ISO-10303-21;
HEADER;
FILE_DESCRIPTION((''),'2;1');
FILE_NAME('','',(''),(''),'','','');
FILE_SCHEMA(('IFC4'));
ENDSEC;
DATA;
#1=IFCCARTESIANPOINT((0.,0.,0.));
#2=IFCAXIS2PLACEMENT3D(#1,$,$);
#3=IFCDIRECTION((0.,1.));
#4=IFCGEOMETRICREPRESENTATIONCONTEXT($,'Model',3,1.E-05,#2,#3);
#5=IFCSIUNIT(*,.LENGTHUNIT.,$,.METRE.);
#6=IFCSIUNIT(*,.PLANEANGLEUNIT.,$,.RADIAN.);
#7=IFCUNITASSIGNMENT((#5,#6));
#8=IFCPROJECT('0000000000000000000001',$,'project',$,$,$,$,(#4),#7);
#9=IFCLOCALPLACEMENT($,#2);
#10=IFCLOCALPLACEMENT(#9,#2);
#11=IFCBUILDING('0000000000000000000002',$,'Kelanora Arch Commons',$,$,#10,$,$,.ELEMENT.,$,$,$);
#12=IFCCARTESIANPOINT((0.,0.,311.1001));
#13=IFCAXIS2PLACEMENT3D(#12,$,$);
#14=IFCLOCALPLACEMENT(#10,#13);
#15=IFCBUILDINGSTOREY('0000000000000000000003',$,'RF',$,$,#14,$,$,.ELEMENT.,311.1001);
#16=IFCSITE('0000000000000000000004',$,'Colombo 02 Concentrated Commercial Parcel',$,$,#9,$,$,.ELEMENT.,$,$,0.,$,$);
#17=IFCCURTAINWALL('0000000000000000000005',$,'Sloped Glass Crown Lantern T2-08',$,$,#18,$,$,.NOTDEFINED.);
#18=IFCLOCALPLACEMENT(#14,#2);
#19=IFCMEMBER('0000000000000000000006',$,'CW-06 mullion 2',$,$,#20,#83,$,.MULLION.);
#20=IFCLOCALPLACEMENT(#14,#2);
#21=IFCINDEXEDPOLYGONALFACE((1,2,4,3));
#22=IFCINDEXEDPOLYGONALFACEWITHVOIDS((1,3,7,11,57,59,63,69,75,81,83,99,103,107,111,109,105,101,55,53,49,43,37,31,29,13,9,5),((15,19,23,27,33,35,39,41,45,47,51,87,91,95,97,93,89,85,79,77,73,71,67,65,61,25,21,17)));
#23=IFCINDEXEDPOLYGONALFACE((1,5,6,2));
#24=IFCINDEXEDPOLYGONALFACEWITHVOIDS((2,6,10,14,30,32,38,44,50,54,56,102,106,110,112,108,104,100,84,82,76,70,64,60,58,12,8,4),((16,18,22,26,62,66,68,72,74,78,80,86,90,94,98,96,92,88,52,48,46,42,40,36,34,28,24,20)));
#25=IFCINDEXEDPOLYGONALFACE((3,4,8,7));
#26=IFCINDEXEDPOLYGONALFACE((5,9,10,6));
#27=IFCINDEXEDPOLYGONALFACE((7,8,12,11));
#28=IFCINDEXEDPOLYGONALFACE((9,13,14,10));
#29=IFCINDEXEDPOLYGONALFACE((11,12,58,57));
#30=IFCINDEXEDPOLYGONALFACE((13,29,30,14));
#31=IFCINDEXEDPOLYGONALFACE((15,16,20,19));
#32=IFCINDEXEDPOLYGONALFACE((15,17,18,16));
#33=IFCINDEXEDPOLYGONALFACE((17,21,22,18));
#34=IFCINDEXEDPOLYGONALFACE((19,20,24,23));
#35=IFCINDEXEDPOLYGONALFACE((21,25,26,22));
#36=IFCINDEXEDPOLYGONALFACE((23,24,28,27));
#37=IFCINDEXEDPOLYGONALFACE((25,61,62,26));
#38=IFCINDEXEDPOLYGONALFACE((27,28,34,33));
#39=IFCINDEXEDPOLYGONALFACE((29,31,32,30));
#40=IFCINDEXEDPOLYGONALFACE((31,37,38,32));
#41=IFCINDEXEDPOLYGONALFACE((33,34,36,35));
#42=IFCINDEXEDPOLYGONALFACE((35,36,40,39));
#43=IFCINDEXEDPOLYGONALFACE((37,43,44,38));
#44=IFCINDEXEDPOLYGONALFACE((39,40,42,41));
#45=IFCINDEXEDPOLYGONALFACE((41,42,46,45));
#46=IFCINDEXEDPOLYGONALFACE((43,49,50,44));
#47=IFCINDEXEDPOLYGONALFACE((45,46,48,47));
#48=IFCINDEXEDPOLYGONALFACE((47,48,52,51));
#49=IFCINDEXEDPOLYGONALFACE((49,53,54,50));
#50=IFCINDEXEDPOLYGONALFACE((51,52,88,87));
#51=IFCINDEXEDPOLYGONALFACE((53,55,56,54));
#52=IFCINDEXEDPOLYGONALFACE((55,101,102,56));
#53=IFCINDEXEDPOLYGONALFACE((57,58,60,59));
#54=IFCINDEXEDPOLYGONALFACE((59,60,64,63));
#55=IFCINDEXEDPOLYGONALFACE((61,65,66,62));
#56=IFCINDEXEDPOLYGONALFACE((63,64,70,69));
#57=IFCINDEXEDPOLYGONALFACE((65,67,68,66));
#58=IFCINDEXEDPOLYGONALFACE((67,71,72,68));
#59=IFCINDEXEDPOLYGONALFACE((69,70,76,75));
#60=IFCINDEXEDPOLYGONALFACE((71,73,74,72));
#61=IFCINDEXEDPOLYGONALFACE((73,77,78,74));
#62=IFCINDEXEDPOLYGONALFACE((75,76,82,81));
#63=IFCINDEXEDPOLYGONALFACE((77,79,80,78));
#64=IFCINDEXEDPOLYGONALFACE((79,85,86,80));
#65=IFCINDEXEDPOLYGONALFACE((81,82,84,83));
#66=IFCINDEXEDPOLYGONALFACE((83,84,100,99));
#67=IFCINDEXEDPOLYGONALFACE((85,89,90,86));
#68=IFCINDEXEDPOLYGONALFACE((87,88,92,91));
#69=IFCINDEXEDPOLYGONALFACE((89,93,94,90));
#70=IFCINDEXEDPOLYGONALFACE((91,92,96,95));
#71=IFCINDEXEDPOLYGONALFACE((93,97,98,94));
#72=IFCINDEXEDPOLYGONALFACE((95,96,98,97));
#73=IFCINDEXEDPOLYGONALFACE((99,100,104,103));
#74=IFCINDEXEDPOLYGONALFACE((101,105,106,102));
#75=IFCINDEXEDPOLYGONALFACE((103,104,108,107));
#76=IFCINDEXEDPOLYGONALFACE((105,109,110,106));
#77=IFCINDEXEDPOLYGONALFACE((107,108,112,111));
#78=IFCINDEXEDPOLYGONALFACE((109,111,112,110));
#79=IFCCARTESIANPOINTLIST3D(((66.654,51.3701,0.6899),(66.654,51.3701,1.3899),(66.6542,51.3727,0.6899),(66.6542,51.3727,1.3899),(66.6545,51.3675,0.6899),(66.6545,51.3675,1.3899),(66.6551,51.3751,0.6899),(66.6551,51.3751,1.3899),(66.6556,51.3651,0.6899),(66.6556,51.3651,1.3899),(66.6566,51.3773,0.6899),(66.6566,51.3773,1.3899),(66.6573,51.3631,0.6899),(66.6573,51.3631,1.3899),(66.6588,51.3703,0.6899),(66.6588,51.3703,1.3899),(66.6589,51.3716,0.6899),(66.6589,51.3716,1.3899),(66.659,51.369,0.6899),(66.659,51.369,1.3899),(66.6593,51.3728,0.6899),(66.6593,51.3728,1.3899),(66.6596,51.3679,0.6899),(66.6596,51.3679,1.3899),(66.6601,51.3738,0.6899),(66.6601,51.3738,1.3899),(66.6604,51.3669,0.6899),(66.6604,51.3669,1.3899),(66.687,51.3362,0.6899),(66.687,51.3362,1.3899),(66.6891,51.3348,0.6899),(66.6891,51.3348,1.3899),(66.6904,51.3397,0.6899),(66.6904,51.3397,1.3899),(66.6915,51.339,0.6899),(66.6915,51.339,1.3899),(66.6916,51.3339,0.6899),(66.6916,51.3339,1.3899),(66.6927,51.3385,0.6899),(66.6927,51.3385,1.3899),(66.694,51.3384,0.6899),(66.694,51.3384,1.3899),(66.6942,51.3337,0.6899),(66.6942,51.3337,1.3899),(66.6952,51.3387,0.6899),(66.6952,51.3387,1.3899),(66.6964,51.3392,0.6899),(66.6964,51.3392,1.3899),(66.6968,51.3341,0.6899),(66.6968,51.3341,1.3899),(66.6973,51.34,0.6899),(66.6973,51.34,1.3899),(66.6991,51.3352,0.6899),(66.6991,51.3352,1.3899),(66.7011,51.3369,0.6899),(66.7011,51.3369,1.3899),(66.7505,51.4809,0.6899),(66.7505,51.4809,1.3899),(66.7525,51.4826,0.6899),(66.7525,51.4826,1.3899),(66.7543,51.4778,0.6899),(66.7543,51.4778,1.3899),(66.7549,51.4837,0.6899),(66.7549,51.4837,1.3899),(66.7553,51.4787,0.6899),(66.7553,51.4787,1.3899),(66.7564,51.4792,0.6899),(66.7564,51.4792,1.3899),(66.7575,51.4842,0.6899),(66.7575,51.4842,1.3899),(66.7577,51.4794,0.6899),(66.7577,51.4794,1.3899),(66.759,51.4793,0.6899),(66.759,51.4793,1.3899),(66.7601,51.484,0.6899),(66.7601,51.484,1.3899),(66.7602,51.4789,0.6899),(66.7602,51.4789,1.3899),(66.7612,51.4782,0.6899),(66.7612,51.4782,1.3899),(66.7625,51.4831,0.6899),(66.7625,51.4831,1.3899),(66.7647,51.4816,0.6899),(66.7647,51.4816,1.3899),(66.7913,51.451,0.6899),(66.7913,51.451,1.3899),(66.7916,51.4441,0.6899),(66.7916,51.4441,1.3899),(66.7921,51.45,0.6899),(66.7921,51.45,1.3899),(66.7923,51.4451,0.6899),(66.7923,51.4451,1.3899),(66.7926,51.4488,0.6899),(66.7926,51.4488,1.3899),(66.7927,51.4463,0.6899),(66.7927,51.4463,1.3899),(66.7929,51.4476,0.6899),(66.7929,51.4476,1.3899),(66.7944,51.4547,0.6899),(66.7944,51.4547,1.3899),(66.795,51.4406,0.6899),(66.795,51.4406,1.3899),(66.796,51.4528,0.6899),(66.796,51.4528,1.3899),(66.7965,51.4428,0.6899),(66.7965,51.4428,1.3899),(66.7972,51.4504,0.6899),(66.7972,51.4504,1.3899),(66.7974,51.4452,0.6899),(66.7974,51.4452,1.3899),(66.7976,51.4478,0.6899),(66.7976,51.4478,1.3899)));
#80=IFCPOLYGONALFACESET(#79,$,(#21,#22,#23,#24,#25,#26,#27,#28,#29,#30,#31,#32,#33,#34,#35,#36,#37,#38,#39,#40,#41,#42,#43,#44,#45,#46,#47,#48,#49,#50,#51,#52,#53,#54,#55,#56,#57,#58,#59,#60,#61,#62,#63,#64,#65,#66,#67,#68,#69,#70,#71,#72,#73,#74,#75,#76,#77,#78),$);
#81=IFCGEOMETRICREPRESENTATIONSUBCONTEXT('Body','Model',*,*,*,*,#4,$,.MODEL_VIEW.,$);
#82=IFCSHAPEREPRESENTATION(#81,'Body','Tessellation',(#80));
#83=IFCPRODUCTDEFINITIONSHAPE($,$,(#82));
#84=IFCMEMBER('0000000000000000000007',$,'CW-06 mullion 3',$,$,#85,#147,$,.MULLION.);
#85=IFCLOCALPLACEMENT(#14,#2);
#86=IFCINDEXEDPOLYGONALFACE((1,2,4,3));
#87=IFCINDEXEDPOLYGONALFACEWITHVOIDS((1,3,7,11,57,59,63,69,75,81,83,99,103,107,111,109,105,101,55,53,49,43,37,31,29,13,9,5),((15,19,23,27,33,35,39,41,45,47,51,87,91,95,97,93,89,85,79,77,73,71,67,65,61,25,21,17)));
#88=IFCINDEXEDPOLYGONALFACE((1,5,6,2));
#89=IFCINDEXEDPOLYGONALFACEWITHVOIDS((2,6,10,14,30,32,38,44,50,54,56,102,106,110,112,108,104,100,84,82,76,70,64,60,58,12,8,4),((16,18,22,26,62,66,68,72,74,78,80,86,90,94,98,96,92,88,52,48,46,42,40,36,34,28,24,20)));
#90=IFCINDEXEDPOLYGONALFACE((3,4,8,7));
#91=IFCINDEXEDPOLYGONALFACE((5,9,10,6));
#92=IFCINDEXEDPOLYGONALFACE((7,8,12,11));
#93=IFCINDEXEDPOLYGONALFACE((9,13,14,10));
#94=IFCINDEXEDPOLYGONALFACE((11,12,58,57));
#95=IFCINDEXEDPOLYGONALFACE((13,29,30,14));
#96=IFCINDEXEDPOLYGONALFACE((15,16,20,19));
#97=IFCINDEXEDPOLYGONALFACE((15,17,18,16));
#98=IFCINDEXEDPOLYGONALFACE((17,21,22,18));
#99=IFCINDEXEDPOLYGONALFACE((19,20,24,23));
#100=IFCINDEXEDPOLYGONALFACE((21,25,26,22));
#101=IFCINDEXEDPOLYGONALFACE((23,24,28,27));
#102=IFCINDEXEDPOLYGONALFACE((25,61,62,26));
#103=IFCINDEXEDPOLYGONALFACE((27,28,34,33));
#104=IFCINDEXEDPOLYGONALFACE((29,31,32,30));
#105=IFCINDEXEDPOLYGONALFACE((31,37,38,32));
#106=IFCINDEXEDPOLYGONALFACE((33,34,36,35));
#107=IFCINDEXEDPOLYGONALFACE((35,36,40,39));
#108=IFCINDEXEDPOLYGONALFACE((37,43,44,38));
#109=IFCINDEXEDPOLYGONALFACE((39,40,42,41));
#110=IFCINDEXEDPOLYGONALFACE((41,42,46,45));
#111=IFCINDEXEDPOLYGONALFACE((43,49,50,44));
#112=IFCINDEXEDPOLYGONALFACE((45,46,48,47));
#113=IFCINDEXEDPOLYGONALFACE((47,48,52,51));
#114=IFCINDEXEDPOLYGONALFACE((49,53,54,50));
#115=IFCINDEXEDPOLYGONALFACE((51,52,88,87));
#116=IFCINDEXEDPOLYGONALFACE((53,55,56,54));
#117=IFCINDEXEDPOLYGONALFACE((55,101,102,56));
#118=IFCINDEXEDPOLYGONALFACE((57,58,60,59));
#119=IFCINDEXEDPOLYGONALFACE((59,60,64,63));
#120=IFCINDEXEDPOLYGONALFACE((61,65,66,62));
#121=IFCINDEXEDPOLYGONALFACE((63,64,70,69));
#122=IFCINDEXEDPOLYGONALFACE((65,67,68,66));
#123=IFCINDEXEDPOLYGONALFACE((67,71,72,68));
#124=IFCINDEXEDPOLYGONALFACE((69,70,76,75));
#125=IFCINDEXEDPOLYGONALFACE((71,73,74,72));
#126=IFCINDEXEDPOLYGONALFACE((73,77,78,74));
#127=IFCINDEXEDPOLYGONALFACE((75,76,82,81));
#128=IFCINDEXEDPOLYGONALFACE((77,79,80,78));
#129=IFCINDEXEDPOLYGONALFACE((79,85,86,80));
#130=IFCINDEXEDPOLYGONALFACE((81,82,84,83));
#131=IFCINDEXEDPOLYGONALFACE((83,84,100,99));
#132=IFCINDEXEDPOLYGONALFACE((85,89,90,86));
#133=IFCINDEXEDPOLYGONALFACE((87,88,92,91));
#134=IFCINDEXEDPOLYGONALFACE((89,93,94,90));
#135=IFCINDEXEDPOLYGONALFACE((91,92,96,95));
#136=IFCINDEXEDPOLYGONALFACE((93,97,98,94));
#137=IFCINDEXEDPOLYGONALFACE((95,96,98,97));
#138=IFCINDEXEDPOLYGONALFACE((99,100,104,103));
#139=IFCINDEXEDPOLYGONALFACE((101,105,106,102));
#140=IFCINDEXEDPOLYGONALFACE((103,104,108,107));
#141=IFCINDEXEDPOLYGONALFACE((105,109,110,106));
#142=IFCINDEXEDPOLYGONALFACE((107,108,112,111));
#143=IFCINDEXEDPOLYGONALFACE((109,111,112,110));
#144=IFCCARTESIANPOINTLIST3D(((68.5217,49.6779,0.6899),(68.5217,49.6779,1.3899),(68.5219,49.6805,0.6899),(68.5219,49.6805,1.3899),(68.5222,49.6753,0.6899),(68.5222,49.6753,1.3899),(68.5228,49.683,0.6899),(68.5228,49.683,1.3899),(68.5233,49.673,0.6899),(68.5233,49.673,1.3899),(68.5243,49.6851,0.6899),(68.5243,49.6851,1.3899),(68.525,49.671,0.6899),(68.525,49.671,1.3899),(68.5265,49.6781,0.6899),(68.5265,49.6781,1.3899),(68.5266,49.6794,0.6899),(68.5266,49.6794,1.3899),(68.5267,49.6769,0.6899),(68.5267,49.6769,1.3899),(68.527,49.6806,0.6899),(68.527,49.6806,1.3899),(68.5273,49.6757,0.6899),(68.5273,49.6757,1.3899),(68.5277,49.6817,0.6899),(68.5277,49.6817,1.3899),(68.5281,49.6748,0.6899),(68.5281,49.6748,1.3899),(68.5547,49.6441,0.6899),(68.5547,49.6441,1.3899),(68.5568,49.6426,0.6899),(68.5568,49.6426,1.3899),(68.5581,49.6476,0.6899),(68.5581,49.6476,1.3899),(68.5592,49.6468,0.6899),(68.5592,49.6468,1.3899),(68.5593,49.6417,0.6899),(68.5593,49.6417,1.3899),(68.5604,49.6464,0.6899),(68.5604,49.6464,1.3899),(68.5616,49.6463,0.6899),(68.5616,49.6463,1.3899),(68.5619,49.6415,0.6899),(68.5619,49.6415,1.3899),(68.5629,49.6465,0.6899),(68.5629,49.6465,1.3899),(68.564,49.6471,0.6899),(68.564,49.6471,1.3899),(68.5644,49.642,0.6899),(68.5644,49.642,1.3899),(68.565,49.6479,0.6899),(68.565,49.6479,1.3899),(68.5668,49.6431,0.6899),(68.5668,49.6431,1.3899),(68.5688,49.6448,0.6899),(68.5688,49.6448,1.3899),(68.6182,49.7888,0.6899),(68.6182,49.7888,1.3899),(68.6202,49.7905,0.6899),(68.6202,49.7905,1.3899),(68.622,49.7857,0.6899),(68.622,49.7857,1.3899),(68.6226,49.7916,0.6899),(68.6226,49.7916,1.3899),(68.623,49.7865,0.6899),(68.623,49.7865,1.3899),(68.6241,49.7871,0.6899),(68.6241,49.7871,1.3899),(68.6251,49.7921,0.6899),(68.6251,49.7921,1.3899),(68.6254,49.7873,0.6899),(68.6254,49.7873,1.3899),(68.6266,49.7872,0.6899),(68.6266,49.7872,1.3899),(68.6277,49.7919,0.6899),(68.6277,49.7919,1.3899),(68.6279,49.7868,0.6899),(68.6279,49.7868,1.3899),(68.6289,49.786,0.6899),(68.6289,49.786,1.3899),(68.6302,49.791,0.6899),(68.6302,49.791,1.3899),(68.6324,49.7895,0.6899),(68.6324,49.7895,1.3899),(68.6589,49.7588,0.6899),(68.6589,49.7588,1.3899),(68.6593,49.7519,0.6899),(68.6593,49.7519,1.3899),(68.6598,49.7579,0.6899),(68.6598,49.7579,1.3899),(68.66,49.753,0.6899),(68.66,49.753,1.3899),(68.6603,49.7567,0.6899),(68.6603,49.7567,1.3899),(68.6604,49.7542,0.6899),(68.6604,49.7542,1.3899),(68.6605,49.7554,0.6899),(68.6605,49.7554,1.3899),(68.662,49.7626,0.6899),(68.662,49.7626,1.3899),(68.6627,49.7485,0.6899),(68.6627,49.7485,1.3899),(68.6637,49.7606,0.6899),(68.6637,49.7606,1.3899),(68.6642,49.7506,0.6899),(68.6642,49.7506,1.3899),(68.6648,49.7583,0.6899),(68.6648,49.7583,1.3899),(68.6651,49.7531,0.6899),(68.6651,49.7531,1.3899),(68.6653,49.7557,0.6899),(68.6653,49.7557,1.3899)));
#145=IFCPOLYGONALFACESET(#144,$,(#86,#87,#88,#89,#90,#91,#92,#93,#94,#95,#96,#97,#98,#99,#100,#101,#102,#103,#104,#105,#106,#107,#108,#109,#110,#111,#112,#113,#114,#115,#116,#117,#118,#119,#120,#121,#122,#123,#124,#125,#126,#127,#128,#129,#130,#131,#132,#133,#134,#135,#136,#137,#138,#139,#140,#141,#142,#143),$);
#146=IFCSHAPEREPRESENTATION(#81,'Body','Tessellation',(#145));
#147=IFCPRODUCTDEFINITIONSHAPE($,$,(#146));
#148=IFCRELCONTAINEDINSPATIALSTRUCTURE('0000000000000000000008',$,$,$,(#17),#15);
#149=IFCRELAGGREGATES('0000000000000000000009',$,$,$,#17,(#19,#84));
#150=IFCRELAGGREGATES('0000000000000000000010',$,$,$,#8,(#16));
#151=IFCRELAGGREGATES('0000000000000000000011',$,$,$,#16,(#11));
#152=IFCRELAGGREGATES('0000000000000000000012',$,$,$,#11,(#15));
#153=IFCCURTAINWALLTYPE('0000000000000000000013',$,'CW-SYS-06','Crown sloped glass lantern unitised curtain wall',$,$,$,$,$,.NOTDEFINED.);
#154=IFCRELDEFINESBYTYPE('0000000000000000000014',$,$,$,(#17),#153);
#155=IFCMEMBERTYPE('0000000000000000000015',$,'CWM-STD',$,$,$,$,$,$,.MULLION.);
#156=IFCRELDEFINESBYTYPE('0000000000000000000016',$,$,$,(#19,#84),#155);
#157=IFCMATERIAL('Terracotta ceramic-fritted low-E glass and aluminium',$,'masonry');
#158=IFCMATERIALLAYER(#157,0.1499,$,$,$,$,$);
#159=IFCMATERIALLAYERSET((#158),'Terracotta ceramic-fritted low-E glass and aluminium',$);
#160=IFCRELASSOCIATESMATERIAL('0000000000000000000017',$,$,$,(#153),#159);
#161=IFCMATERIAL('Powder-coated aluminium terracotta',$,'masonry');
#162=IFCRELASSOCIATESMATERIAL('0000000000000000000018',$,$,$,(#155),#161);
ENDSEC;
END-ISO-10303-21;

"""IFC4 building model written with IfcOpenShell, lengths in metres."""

from ifc_helpers import new_model, si_unit, direction, frame, origin, origin_2d, place, context, subcontext, project, spatial, hollow_rectangle, extrude, material, layer, layer_set, material_profile, profile_set, type_object, element, aggregate, save


model = new_model("IFC4")

# Units and contexts
model_context = context("Model", 3, precision=1e-05, world=origin(), true_north=direction((0.0, 1.0)))
body_context = subcontext(model_context, "Body", "Model", "MODEL_VIEW")
ifc_project = project(units=[si_unit("LENGTHUNIT", "METRE"), si_unit("PLANEANGLEUNIT", "RADIAN")], contexts=[model_context])

# Site, building, storey
site_placement = place(None, origin())
site = spatial("IfcSite", under=ifc_project, at=site_placement, Name="Colombo 02 Concentrated Commercial Parcel", CompositionType="ELEMENT", RefElevation=0.0)
building_placement = place(site_placement, origin())
building = spatial("IfcBuilding", under=site, at=building_placement, Name="Kelanora Arch Commons", CompositionType="ELEMENT")
storey_placement = place(building_placement, frame((0.0, 0.0, 311.1001)))
storey = spatial("IfcBuildingStorey", under=building, at=storey_placement, Name="RF", CompositionType="ELEMENT", Elevation=311.1001)

# Shared definitions
ifc_material_1 = material(Name="Terracotta ceramic-fritted low-E glass and aluminium", Category="masonry")
ifc_layer_1 = layer(ifc_material_1, 0.1499)
ifc_layer_set_1 = layer_set([ifc_layer_1], Name="Terracotta ceramic-fritted low-E glass and aluminium")
curtain_wall_type = type_object("IfcCurtainWallType", Name="CW-SYS-06", Description="Crown sloped glass lantern unitised curtain wall", PredefinedType="NOTDEFINED", material=ifc_layer_set_1)
ifc_material_2 = material(Name="Powder-coated aluminium terracotta", Category="masonry")
ifc_material_profile_1 = material_profile(ifc_material_2, hollow_rectangle(XDim=0.1599, YDim=0.0601, WallThickness=0.0049, InnerFilletRadius=0.0049, OuterFilletRadius=0.01, at=origin_2d()), Name="CWM160x60")
ifc_profile_set_1 = profile_set([ifc_material_profile_1], Name="Powder-coated aluminium terracotta")
member_type_1 = type_object("IfcMemberType", Name="CWM-STD", PredefinedType="MULLION", material=ifc_profile_set_1)

# Curtain wall, members
curtain_wall_1_placement = place(storey_placement, origin())
curtain_wall_1 = element("IfcCurtainWall", 1, at=curtain_wall_1_placement, inside=storey, type_object=curtain_wall_type, Name="Sloped Glass Crown Lantern T2-08", PredefinedType="NOTDEFINED")
member_1_placement = place(storey_placement, frame((66.7258, 51.4089, 0.6899), z_axis=(0.0, 0.0, 1.0), x_axis=(0.671459, 0.741042, 0.0)))
member_1 = element("IfcMember", 2, at=member_1_placement, type_object=member_type_1, Name="CW-06 mullion 2", PredefinedType="MULLION", context=body_context, shape_type="SweptSolid", body=[
    extrude(hollow_rectangle(XDim=0.1599, YDim=0.0601, WallThickness=0.0049, InnerFilletRadius=0.0049, OuterFilletRadius=0.01, at=origin_2d()), origin(), (0.0, 0.0, 1.0), 0.7),
])
member_2_placement = place(storey_placement, frame((68.5935, 49.7168, 0.6899), z_axis=(0.0, 0.0, 1.0), x_axis=(0.671459, 0.741042, 0.0)))
member_2 = element("IfcMember", 3, at=member_2_placement, type_object=member_type_1, Name="CW-06 mullion 3", PredefinedType="MULLION", context=body_context, shape_type="SweptSolid", body=[
    extrude(hollow_rectangle(XDim=0.1599, YDim=0.0601, WallThickness=0.0049, InnerFilletRadius=0.0049, OuterFilletRadius=0.01, at=origin_2d()), origin(), (0.0, 0.0, 1.0), 0.7),
])

aggregate(curtain_wall_1, [member_1, member_2])

save(model, "model.ifc")
